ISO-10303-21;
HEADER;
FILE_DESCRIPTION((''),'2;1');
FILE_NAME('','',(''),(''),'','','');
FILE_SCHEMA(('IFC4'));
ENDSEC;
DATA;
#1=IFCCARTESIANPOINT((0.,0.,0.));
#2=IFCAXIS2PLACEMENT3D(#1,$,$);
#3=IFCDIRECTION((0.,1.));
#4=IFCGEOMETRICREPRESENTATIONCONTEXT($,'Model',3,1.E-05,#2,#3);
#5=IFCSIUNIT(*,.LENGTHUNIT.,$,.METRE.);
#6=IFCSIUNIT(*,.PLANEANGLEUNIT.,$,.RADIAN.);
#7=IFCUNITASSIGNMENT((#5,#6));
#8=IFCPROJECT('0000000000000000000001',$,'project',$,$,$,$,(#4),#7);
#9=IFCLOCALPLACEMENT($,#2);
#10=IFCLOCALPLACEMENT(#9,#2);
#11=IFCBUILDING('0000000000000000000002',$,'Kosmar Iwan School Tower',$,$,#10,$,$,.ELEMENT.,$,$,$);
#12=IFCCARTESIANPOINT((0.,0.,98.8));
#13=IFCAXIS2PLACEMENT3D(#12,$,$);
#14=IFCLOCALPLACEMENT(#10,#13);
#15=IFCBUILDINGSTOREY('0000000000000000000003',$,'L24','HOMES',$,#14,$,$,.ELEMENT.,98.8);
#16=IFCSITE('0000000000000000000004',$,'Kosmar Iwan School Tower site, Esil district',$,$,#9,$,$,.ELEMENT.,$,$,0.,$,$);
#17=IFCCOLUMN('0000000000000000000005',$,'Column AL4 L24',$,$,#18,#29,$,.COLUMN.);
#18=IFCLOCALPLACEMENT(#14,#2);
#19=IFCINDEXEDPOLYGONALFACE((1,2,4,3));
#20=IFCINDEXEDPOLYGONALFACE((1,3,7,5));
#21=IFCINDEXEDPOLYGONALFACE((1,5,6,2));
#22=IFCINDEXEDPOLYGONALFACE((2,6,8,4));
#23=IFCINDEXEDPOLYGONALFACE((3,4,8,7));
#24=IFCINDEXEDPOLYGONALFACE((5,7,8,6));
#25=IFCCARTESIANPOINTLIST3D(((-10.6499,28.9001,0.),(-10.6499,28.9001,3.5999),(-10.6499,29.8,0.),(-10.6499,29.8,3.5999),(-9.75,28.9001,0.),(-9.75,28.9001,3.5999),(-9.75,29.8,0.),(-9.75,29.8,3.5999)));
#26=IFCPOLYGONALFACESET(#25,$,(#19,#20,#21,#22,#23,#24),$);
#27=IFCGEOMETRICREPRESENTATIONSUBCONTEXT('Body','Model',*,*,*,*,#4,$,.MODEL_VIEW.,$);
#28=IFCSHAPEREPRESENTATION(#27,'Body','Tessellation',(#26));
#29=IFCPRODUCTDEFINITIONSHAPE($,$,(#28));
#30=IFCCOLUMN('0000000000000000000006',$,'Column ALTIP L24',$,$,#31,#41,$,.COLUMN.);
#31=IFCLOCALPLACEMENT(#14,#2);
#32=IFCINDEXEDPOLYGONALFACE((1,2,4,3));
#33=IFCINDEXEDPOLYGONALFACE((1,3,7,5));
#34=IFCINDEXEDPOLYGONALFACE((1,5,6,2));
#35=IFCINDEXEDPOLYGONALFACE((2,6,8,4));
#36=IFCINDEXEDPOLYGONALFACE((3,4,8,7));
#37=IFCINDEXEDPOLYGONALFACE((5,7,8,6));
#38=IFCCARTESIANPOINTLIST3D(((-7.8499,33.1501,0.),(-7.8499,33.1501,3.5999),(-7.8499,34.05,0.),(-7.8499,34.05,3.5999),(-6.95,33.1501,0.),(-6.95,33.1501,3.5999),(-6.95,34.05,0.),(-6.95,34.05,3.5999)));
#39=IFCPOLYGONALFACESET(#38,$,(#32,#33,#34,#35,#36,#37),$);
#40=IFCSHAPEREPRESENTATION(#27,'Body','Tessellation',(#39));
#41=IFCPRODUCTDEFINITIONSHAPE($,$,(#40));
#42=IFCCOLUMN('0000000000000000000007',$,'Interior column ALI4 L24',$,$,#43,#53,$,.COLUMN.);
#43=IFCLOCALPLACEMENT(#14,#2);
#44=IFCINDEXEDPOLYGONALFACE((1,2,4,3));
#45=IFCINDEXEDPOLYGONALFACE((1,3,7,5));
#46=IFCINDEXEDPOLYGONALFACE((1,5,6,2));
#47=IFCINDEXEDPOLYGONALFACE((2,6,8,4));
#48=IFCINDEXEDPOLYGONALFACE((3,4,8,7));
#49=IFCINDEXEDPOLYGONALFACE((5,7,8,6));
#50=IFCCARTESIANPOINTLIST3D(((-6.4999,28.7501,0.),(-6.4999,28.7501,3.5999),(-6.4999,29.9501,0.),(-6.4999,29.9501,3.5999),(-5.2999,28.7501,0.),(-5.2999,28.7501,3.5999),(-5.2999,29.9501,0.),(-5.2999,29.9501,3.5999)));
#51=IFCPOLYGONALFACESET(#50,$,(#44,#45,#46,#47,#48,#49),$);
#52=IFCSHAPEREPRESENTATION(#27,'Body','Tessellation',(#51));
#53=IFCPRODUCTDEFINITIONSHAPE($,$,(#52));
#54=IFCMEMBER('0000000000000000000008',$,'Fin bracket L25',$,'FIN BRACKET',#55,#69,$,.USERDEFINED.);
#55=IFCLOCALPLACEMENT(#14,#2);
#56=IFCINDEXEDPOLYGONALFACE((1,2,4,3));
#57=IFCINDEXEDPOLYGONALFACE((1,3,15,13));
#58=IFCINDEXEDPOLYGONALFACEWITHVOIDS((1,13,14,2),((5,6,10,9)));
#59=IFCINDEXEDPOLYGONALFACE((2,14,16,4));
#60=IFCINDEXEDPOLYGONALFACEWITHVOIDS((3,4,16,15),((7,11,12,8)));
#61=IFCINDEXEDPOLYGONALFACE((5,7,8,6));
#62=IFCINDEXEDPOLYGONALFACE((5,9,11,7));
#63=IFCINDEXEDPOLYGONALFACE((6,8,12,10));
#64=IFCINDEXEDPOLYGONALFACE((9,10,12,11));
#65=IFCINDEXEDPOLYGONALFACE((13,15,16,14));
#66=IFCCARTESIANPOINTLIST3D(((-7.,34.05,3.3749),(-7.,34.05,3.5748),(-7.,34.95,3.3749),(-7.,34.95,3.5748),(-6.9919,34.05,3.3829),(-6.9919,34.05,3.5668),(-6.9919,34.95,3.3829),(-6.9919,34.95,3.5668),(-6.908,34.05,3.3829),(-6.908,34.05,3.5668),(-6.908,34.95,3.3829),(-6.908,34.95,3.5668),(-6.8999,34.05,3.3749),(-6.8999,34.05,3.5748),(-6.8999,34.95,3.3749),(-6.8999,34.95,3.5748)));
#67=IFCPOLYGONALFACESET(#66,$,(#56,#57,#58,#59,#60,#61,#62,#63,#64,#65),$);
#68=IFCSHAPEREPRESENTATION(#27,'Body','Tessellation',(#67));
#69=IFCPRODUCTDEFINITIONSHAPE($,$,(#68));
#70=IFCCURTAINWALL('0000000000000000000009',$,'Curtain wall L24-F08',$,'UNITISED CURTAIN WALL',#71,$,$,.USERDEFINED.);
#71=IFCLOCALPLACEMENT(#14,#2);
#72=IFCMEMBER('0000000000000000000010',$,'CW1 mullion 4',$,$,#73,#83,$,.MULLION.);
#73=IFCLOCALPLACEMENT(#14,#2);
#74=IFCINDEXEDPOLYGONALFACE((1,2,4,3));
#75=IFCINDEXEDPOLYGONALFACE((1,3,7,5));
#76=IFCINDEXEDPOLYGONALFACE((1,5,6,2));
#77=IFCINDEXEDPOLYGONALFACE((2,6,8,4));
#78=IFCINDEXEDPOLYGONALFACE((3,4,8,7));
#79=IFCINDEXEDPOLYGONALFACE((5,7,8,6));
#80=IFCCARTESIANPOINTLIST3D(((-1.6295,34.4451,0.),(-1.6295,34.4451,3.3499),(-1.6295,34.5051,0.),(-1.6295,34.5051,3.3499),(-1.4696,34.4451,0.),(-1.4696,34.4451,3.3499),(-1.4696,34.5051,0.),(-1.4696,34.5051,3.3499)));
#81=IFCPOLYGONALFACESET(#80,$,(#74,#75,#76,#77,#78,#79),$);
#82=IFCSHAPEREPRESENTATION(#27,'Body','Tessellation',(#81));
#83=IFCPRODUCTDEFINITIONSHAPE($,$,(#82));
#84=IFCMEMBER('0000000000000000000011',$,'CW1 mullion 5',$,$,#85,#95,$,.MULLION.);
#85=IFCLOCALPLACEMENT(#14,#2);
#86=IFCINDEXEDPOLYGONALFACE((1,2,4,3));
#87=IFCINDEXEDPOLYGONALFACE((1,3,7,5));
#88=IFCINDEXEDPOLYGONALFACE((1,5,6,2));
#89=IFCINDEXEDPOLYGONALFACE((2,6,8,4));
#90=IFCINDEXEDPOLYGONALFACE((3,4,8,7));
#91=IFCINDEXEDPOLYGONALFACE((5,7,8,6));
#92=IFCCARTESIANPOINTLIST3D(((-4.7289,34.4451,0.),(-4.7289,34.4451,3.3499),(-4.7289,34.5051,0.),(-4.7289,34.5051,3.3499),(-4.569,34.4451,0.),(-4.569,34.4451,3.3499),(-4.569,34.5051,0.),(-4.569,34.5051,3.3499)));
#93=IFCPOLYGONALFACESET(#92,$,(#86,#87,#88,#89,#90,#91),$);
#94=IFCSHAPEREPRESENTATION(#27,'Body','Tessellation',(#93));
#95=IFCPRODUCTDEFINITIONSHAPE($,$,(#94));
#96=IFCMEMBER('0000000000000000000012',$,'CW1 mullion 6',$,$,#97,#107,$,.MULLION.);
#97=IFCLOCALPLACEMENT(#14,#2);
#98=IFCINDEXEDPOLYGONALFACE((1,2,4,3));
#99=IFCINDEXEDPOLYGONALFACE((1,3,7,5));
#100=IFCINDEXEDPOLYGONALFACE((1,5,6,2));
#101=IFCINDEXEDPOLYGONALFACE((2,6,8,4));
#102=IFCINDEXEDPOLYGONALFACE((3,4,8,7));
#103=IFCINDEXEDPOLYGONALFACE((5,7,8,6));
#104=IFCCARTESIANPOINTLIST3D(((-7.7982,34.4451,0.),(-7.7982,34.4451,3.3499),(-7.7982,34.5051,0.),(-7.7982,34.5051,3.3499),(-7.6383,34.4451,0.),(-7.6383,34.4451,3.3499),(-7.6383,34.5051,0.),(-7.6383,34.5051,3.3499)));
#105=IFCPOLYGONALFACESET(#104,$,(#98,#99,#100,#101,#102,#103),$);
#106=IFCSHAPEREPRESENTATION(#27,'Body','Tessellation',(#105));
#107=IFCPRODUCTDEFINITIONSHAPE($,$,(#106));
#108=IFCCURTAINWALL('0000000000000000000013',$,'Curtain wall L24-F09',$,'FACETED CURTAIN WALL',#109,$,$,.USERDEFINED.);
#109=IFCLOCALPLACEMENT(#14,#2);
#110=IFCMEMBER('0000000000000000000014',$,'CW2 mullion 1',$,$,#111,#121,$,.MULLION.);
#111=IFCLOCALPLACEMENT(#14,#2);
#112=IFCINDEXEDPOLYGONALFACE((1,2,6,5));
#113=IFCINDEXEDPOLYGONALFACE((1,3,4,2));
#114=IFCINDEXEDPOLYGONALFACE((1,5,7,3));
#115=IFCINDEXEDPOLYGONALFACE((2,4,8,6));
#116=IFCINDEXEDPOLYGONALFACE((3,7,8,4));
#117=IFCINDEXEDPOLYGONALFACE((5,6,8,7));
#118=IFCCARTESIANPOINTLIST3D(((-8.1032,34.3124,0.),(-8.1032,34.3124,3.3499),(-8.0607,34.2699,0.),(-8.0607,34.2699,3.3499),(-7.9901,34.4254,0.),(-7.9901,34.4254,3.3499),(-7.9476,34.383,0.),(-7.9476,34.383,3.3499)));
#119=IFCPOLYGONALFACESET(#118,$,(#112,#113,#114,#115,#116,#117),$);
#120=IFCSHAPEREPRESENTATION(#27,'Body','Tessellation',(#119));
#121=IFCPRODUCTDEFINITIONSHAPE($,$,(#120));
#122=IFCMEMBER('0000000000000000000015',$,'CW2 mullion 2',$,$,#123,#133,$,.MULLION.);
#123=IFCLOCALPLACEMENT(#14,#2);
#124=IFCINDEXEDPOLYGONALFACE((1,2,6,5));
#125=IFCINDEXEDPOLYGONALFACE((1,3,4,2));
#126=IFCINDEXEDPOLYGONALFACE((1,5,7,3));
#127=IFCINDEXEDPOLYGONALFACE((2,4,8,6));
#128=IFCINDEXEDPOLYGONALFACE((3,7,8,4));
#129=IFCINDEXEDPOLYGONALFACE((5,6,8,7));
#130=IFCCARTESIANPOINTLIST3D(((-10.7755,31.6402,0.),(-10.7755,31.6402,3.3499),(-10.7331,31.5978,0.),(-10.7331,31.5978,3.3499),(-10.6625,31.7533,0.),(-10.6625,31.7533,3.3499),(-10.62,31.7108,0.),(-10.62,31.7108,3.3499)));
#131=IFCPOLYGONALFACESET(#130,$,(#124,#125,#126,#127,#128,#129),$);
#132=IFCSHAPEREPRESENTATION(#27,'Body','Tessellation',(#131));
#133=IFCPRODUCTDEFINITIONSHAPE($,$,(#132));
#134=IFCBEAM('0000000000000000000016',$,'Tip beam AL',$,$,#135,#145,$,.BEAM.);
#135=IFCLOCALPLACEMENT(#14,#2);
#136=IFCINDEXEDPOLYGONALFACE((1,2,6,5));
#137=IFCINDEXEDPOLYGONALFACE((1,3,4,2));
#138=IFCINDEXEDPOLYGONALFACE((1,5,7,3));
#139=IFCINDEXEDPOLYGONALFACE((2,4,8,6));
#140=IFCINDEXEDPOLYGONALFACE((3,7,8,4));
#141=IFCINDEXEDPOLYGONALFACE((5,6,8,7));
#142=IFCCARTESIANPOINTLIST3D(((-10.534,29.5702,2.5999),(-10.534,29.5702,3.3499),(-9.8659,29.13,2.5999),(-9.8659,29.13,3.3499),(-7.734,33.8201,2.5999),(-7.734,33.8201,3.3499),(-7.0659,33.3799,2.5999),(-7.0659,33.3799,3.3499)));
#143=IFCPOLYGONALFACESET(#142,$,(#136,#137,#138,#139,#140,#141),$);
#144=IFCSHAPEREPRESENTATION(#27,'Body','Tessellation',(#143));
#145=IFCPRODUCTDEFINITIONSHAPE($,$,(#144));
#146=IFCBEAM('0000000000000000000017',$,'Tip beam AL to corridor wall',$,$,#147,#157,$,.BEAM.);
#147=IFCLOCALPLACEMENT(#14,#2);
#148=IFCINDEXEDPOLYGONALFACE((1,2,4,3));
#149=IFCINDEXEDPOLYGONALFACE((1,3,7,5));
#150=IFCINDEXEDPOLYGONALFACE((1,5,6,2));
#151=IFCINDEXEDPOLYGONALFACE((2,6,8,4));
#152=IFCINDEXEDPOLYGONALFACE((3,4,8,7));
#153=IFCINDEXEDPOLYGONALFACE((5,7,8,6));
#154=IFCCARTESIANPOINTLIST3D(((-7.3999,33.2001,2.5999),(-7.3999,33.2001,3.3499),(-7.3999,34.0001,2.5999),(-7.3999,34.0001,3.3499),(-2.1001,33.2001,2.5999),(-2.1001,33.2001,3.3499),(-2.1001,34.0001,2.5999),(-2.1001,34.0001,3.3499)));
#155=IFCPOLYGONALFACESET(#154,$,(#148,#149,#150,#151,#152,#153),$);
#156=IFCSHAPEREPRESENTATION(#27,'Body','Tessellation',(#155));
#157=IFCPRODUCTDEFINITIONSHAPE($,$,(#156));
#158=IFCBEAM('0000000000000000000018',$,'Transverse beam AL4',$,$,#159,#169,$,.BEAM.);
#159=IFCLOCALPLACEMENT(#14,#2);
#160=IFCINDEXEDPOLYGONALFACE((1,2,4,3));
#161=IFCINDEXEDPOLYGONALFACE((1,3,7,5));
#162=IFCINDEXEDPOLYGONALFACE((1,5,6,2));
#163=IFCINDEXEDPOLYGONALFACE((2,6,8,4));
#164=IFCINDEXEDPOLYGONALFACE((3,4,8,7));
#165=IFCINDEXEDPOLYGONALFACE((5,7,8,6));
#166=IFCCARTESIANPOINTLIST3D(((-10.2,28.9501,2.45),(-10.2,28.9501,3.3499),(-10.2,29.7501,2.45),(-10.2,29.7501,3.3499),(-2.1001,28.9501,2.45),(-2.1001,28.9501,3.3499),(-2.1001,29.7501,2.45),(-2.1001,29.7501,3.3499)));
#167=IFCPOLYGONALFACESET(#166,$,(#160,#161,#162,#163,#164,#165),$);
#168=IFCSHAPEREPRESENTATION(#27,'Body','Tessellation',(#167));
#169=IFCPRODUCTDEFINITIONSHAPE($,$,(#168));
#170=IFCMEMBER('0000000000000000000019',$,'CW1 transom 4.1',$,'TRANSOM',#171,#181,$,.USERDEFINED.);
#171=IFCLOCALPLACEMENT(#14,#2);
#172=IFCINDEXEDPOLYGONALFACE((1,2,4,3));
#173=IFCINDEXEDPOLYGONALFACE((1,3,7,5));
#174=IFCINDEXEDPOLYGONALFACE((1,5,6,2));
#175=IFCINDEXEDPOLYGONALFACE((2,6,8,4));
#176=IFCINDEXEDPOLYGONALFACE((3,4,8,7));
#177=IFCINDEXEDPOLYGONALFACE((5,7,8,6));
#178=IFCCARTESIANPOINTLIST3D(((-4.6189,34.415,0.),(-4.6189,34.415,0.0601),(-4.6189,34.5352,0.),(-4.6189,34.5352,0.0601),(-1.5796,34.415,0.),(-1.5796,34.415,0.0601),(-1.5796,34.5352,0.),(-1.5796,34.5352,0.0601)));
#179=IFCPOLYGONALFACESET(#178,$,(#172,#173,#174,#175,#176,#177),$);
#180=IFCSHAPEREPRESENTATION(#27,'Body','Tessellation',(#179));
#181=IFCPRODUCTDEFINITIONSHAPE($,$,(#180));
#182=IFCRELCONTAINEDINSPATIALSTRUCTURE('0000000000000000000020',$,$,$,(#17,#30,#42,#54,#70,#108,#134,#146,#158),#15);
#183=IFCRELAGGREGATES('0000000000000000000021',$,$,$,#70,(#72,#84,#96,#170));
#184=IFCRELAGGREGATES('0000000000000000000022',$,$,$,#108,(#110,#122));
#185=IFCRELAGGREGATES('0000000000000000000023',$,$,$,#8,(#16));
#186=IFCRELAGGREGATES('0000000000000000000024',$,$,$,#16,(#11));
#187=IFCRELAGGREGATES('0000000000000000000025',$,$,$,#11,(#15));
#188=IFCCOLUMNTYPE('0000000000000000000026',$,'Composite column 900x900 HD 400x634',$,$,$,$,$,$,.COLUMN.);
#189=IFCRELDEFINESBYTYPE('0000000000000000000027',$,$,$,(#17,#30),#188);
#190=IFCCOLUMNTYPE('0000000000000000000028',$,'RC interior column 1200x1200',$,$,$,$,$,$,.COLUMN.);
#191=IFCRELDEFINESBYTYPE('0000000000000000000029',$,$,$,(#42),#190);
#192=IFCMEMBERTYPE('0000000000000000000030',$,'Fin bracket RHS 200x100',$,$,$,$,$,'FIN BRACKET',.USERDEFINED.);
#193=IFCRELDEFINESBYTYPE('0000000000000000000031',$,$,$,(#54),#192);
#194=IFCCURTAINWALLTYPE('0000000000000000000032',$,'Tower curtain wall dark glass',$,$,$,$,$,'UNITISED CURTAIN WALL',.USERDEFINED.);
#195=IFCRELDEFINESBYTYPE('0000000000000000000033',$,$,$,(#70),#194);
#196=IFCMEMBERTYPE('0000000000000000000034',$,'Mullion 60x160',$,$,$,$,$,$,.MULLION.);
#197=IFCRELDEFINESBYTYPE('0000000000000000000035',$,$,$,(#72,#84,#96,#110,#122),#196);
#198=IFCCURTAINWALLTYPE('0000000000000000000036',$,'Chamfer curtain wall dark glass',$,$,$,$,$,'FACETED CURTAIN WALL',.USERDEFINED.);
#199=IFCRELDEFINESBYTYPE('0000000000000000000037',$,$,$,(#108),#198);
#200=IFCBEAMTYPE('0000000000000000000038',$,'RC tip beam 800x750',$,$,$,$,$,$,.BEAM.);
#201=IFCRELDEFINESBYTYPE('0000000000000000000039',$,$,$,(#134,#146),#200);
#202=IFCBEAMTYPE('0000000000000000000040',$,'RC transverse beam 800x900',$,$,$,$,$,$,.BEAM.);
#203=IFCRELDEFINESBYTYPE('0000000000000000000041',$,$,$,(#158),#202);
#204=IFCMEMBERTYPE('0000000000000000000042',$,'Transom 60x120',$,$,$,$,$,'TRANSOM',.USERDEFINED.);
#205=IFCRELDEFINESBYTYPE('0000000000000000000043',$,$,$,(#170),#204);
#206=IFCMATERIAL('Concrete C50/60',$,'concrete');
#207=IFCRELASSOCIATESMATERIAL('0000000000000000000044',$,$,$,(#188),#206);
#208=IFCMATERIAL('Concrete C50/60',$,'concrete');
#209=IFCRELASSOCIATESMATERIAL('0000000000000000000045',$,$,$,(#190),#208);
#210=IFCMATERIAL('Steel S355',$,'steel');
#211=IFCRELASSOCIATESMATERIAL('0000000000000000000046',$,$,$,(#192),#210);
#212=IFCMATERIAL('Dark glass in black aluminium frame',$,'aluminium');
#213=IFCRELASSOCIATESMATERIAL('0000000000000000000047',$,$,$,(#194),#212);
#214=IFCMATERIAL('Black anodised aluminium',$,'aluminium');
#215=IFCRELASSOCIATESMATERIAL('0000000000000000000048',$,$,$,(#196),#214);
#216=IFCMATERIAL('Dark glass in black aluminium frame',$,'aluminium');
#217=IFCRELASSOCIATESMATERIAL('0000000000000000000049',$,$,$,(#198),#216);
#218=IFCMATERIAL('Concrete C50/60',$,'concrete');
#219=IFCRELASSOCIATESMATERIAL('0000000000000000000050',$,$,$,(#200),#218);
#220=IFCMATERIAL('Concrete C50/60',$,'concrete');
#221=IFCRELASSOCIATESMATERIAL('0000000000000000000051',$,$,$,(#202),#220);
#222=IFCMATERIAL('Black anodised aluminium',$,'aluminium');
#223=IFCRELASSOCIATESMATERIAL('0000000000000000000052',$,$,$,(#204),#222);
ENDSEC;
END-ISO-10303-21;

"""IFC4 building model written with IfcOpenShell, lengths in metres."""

from ifc_helpers import new_model, si_unit, direction, frame, origin, origin_2d, place, context, subcontext, project, spatial, rectangle, hollow_rectangle, extrude, material, material_profile, profile_set, type_object, element, aggregate, save


model = new_model("IFC4")

# Units and contexts
model_context = context("Model", 3, precision=1e-05, world=origin(), true_north=direction((0.0, 1.0)))
body_context = subcontext(model_context, "Body", "Model", "MODEL_VIEW")
ifc_project = project(units=[si_unit("LENGTHUNIT", "METRE"), si_unit("PLANEANGLEUNIT", "RADIAN")], contexts=[model_context])

# Site, building, storey
site_placement = place(None, origin())
site = spatial("IfcSite", under=ifc_project, at=site_placement, Name="Kosmar Iwan School Tower site, Esil district", CompositionType="ELEMENT", RefElevation=0.0)
building_placement = place(site_placement, origin())
building = spatial("IfcBuilding", under=site, at=building_placement, Name="Kosmar Iwan School Tower", CompositionType="ELEMENT")
storey_placement = place(building_placement, frame((0.0, 0.0, 98.8)))
storey = spatial("IfcBuildingStorey", under=building, at=storey_placement, Name="L24", Description="HOMES", CompositionType="ELEMENT", Elevation=98.8)

# Columns
ifc_material_1 = material(Name="Concrete C50/60", Category="concrete")
ifc_material_profile_1 = material_profile(ifc_material_1, rectangle(XDim=0.8999, YDim=0.8999, at=origin_2d()), Name="RC 900x900 + HD 400x634")
ifc_profile_set_1 = profile_set([ifc_material_profile_1], Name="Concrete C50/60")
column_type_1 = type_object("IfcColumnType", Name="Composite column 900x900 HD 400x634", PredefinedType="COLUMN", material=ifc_profile_set_1)
for number, where, z_axis, x_axis, name in (
    (1, (-10.2, 29.3501, 0.0), (0.0, 0.0, 1.0), (0.0, 1.0, 0.0), "Column AL4 L24"),
    (2, (-7.3999, 33.6001, 0.0), (0.0, 0.0, 1.0), (0.0, 1.0, 0.0), "Column ALTIP L24"),
):
    element("IfcColumn", number, at=place(storey_placement, frame(where, z_axis=z_axis, x_axis=x_axis)), inside=storey, type_object=column_type_1, Name=name, PredefinedType="COLUMN", context=body_context, shape_type="SweptSolid", body=[
        extrude(rectangle(XDim=0.8999, YDim=0.8999, at=origin_2d()), origin(), (0.0, 0.0, 1.0), 3.5999),
    ])
ifc_material_2 = material(Name="Concrete C50/60", Category="concrete")
ifc_material_profile_2 = material_profile(ifc_material_2, rectangle(XDim=1.2, YDim=1.2, at=origin_2d()), Name="RC 1200x1200")
ifc_profile_set_2 = profile_set([ifc_material_profile_2], Name="Concrete C50/60")
column_type_2 = type_object("IfcColumnType", Name="RC interior column 1200x1200", PredefinedType="COLUMN", material=ifc_profile_set_2)
column_placement = place(storey_placement, frame((-5.8999, 29.3501, 0.0), z_axis=(0.0, 0.0, 1.0), x_axis=(0.0, 1.0, 0.0)))
element("IfcColumn", 3, at=column_placement, inside=storey, type_object=column_type_2, Name="Interior column ALI4 L24", PredefinedType="COLUMN", context=body_context, shape_type="SweptSolid", body=[
    extrude(rectangle(XDim=1.2, YDim=1.2, at=origin_2d()), origin(), (0.0, 0.0, 1.0), 3.5999),
])

# Member
ifc_material_3 = material(Name="Steel S355", Category="steel")
ifc_material_profile_3 = material_profile(ifc_material_3, hollow_rectangle(XDim=0.1001, YDim=0.2, WallThickness=0.0081, at=origin_2d()), Name="RHS 200x100x8")
ifc_profile_set_3 = profile_set([ifc_material_profile_3], Name="Steel S355")
member_type_1 = type_object("IfcMemberType", Name="Fin bracket RHS 200x100", ElementType="FIN BRACKET", PredefinedType="USERDEFINED", material=ifc_profile_set_3)
member_1_placement = place(storey_placement, frame((-6.95, 34.05, 3.4749), z_axis=(0.0, 1.0, 0.0), x_axis=(-1.0, 0.0, 0.0)))
element("IfcMember", 4, at=member_1_placement, inside=storey, type_object=member_type_1, Name="Fin bracket L25", ObjectType="FIN BRACKET", PredefinedType="USERDEFINED", context=body_context, shape_type="SweptSolid", body=[
    extrude(hollow_rectangle(XDim=0.1001, YDim=0.2, WallThickness=0.0081, at=origin_2d()), origin(), (0.0, 0.0, 1.0), 0.8999),
])

# Curtain walls, members
ifc_material_4 = material(Name="Dark glass in black aluminium frame", Category="aluminium")
curtain_wall_type_1 = type_object("IfcCurtainWallType", Name="Tower curtain wall dark glass", ElementType="UNITISED CURTAIN WALL", PredefinedType="USERDEFINED", material=ifc_material_4)
curtain_wall_1_placement = place(storey_placement, origin())
curtain_wall_1 = element("IfcCurtainWall", 5, at=curtain_wall_1_placement, inside=storey, type_object=curtain_wall_type_1, Name="Curtain wall L24-F08", ObjectType="UNITISED CURTAIN WALL", PredefinedType="USERDEFINED")
ifc_material_5 = material(Name="Black anodised aluminium", Category="aluminium")
ifc_material_profile_4 = material_profile(ifc_material_5, rectangle(XDim=0.0601, YDim=0.1599, at=origin_2d()), Name="MULLION 60x160")
ifc_profile_set_4 = profile_set([ifc_material_profile_4], Name="Black anodised aluminium")
member_type_2 = type_object("IfcMemberType", Name="Mullion 60x160", PredefinedType="MULLION", material=ifc_profile_set_4)
member_2_placement = place(storey_placement, frame((-1.5496, 34.4751, 0.0), z_axis=(0.0, 0.0, 1.0), x_axis=(0.0, -1.0, 0.0)))
member_2 = element("IfcMember", 6, at=member_2_placement, type_object=member_type_2, Name="CW1 mullion 4", PredefinedType="MULLION", context=body_context, shape_type="SweptSolid", body=[
    extrude(rectangle(XDim=0.0601, YDim=0.1599, at=origin_2d()), origin(), (0.0, 0.0, 1.0), 3.3499),
])
member_3_placement = place(storey_placement, frame((-4.6489, 34.4751, 0.0), z_axis=(0.0, 0.0, 1.0), x_axis=(0.0, -1.0, 0.0)))
member_3 = element("IfcMember", 7, at=member_3_placement, type_object=member_type_2, Name="CW1 mullion 5", PredefinedType="MULLION", context=body_context, shape_type="SweptSolid", body=[
    extrude(rectangle(XDim=0.0601, YDim=0.1599, at=origin_2d()), origin(), (0.0, 0.0, 1.0), 3.3499),
])
member_4_placement = place(storey_placement, frame((-7.7183, 34.4751, 0.0), z_axis=(0.0, 0.0, 1.0), x_axis=(0.0, -1.0, 0.0)))
member_4 = element("IfcMember", 8, at=member_4_placement, type_object=member_type_2, Name="CW1 mullion 6", PredefinedType="MULLION", context=body_context, shape_type="SweptSolid", body=[
    extrude(rectangle(XDim=0.0601, YDim=0.1599, at=origin_2d()), origin(), (0.0, 0.0, 1.0), 3.3499),
])
ifc_material_6 = material(Name="Dark glass in black aluminium frame", Category="aluminium")
curtain_wall_type_2 = type_object("IfcCurtainWallType", Name="Chamfer curtain wall dark glass", ElementType="FACETED CURTAIN WALL", PredefinedType="USERDEFINED", material=ifc_material_6)
curtain_wall_2_placement = place(storey_placement, origin())
curtain_wall_2 = element("IfcCurtainWall", 9, at=curtain_wall_2_placement, inside=storey, type_object=curtain_wall_type_2, Name="Curtain wall L24-F09", ObjectType="FACETED CURTAIN WALL", PredefinedType="USERDEFINED")
member_5_placement = place(storey_placement, frame((-8.0254, 34.3477, 0.0), z_axis=(0.0, 0.0, 1.0), x_axis=(0.707107, -0.707107, 0.0)))
member_5 = element("IfcMember", 10, at=member_5_placement, type_object=member_type_2, Name="CW2 mullion 1", PredefinedType="MULLION", context=body_context, shape_type="SweptSolid", body=[
    extrude(rectangle(XDim=0.0601, YDim=0.1599, at=origin_2d()), origin(), (0.0, 0.0, 1.0), 3.3499),
])
member_6_placement = place(storey_placement, frame((-10.6978, 31.6755, 0.0), z_axis=(0.0, 0.0, 1.0), x_axis=(0.707107, -0.707107, 0.0)))
member_6 = element("IfcMember", 11, at=member_6_placement, type_object=member_type_2, Name="CW2 mullion 2", PredefinedType="MULLION", context=body_context, shape_type="SweptSolid", body=[
    extrude(rectangle(XDim=0.0601, YDim=0.1599, at=origin_2d()), origin(), (0.0, 0.0, 1.0), 3.3499),
])

# Beams
ifc_material_7 = material(Name="Concrete C50/60", Category="concrete")
ifc_material_profile_5 = material_profile(ifc_material_7, rectangle(XDim=0.8, YDim=0.75, at=origin_2d()), Name="RC 800x750")
ifc_profile_set_5 = profile_set([ifc_material_profile_5], Name="Concrete C50/60")
beam_type_1 = type_object("IfcBeamType", Name="RC tip beam 800x750", PredefinedType="BEAM", material=ifc_profile_set_5)
beam_1_placement = place(storey_placement, frame((-10.2, 29.3501, 2.9749), z_axis=(0.550164, 0.835056, 0.0), x_axis=(-0.835056, 0.550164, 0.0)))
element("IfcBeam", 12, at=beam_1_placement, inside=storey, type_object=beam_type_1, Name="Tip beam AL", PredefinedType="BEAM", context=body_context, shape_type="SweptSolid", body=[
    extrude(rectangle(XDim=0.8, YDim=0.75, at=origin_2d()), origin(), (0.0, 0.0, 1.0), 5.0894),
])
beam_2_placement = place(storey_placement, frame((-7.3999, 33.6001, 2.9749), z_axis=(1.0, 0.0, 0.0), x_axis=(0.0, 1.0, 0.0)))
element("IfcBeam", 13, at=beam_2_placement, inside=storey, type_object=beam_type_1, Name="Tip beam AL to corridor wall", PredefinedType="BEAM", context=body_context, shape_type="SweptSolid", body=[
    extrude(rectangle(XDim=0.8, YDim=0.75, at=origin_2d()), origin(), (0.0, 0.0, 1.0), 5.2998),
])
ifc_material_8 = material(Name="Concrete C50/60", Category="concrete")
ifc_material_profile_6 = material_profile(ifc_material_8, rectangle(XDim=0.8, YDim=0.8999, at=origin_2d()), Name="RC 800x900")
ifc_profile_set_6 = profile_set([ifc_material_profile_6], Name="Concrete C50/60")
beam_type_2 = type_object("IfcBeamType", Name="RC transverse beam 800x900", PredefinedType="BEAM", material=ifc_profile_set_6)
beam_3_placement = place(storey_placement, frame((-10.2, 29.3501, 2.8999), z_axis=(1.0, 0.0, 0.0), x_axis=(0.0, 1.0, 0.0)))
element("IfcBeam", 14, at=beam_3_placement, inside=storey, type_object=beam_type_2, Name="Transverse beam AL4", PredefinedType="BEAM", context=body_context, shape_type="SweptSolid", body=[
    extrude(rectangle(XDim=0.8, YDim=0.8999, at=origin_2d()), origin(), (0.0, 0.0, 1.0), 8.0999),
])

# Member
ifc_material_9 = material(Name="Black anodised aluminium", Category="aluminium")
ifc_material_profile_7 = material_profile(ifc_material_9, rectangle(XDim=0.1201, YDim=0.0601, at=origin_2d()), Name="TRANSOM 60x120")
ifc_profile_set_7 = profile_set([ifc_material_profile_7], Name="Black anodised aluminium")
member_type_3 = type_object("IfcMemberType", Name="Transom 60x120", ElementType="TRANSOM", PredefinedType="USERDEFINED", material=ifc_profile_set_7)
member_7_placement = place(storey_placement, frame((-1.5796, 34.4751, 0.03), z_axis=(-1.0, 0.0, 0.0), x_axis=(0.0, -1.0, 0.0)))
member_7 = element("IfcMember", 15, at=member_7_placement, type_object=member_type_3, Name="CW1 transom 4.1", ObjectType="TRANSOM", PredefinedType="USERDEFINED", context=body_context, shape_type="SweptSolid", body=[
    extrude(rectangle(XDim=0.1201, YDim=0.0601, at=origin_2d()), origin(), (0.0, 0.0, 1.0), 3.0393),
])

aggregate(curtain_wall_1, [member_2, member_3, member_4, member_7])
aggregate(curtain_wall_2, [member_5, member_6])

save(model, "model.ifc")
